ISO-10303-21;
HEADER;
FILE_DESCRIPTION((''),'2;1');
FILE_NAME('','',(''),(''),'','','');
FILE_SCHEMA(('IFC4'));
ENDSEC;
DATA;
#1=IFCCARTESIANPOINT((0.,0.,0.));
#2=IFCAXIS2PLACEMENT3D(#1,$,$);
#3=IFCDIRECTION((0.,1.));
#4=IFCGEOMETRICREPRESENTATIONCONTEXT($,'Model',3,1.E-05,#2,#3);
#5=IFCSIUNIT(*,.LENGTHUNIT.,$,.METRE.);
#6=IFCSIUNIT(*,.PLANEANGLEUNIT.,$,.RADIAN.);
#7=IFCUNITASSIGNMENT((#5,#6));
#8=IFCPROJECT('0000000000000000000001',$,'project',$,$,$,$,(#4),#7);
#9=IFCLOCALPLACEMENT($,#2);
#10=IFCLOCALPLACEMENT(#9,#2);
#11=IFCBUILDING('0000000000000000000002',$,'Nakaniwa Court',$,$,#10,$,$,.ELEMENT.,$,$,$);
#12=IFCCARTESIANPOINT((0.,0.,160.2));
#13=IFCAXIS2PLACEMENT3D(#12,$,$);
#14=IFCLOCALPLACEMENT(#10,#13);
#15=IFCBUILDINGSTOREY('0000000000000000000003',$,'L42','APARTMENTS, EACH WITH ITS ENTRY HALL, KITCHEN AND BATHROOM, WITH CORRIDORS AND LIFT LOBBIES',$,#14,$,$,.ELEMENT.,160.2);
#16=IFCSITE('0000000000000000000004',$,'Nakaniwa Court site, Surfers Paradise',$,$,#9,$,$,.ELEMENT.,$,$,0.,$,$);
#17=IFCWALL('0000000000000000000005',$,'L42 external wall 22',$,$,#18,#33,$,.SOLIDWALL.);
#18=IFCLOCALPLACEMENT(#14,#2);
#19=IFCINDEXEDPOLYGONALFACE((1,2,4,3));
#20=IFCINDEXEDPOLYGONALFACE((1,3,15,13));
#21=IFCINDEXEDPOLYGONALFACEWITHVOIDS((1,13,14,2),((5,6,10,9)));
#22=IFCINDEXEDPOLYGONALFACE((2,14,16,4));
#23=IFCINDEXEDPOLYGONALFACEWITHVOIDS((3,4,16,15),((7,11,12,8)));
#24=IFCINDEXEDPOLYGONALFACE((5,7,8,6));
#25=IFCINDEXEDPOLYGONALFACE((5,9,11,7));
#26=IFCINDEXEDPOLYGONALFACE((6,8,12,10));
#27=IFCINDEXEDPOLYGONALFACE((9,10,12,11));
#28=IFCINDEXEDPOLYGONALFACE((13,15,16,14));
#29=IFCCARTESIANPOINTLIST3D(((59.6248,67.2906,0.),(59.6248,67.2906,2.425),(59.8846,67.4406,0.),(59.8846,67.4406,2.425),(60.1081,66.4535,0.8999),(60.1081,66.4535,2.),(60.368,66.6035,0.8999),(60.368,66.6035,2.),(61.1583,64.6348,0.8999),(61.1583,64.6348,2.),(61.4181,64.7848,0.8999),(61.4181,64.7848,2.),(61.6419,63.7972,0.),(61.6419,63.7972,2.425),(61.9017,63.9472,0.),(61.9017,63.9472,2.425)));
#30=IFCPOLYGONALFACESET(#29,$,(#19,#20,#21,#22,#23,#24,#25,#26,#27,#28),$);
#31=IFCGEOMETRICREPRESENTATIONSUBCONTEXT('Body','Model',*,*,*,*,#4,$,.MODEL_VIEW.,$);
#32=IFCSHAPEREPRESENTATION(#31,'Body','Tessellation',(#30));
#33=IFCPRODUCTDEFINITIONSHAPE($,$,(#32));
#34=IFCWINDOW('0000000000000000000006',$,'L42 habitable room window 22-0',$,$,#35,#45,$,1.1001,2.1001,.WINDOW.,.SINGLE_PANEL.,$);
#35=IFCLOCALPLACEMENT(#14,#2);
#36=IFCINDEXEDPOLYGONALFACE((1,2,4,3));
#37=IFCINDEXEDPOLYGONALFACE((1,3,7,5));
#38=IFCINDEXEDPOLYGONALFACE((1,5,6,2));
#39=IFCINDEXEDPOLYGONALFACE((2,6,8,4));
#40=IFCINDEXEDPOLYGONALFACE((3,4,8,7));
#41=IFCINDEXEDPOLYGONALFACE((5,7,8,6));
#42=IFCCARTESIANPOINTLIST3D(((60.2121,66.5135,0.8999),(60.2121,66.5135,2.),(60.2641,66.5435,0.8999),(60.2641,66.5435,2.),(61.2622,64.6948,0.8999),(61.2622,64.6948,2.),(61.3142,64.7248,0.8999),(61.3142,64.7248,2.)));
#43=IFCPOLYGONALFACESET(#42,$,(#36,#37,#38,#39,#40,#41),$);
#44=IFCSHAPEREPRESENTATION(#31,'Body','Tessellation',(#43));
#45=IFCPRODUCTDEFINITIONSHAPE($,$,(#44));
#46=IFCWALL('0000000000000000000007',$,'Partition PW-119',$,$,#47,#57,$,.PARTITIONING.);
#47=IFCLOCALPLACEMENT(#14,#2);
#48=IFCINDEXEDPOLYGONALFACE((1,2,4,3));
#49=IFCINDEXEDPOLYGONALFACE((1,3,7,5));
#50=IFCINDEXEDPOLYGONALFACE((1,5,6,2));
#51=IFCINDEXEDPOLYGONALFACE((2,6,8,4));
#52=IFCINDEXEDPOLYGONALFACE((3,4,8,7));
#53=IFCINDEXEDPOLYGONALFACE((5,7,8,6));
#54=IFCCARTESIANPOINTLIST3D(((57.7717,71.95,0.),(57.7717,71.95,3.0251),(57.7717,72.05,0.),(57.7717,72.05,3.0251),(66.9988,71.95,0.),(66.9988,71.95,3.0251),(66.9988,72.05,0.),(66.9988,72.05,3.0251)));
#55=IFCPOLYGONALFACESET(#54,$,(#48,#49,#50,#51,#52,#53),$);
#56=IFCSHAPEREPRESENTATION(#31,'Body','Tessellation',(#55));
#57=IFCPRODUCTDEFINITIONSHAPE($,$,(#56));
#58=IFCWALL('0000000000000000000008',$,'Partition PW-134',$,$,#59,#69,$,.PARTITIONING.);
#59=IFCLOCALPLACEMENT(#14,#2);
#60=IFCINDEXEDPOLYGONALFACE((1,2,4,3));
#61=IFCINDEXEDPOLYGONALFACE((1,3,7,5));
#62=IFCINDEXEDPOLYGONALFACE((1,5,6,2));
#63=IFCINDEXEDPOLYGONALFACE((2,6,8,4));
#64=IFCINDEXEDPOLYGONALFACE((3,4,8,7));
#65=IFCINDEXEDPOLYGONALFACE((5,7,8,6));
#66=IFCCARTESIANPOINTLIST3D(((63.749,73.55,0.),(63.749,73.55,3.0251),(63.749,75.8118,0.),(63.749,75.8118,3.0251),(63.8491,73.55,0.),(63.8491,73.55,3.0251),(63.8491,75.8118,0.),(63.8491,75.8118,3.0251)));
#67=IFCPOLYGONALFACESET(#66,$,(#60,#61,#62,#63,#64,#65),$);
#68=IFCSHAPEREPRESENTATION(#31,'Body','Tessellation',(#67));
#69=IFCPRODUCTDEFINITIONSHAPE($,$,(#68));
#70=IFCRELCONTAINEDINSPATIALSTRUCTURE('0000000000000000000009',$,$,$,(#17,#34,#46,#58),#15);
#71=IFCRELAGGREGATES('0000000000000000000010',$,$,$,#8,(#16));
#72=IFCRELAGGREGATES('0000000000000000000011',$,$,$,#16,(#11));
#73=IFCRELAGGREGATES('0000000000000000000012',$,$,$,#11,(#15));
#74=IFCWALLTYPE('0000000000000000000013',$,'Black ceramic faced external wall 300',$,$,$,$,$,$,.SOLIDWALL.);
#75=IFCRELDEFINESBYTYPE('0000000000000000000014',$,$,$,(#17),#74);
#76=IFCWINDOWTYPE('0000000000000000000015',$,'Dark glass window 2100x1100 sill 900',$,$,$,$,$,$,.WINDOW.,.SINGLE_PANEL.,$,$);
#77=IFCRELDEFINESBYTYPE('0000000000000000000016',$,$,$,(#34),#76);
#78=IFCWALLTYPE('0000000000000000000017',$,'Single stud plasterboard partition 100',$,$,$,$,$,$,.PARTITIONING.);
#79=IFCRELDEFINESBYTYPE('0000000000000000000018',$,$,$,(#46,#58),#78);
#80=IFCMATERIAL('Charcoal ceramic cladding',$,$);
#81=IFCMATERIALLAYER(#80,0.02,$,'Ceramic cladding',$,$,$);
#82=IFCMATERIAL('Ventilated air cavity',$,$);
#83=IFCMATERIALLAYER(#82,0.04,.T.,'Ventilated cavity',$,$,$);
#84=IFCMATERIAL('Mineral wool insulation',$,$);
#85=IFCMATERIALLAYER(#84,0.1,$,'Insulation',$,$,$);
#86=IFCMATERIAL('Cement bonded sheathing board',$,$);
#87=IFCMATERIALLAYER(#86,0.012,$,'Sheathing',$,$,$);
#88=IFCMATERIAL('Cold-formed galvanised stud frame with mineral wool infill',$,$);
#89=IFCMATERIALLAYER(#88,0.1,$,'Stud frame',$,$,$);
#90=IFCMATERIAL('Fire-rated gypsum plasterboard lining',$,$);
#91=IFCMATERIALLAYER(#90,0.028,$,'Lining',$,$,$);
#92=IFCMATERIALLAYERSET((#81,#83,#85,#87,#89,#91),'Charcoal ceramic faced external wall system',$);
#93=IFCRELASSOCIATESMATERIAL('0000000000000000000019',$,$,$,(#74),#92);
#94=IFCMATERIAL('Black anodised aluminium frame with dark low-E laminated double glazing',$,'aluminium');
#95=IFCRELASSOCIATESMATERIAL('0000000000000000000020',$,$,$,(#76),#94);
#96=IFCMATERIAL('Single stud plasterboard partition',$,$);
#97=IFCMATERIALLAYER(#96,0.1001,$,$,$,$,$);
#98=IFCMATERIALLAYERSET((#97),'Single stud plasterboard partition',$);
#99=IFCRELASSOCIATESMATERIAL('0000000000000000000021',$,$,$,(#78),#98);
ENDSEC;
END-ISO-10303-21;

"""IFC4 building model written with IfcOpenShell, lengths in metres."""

from ifc_helpers import new_model, si_unit, direction, frame, frame_2d, origin, place, context, subcontext, project, spatial, rectangle, extrude, material, layer, layer_set, type_object, element, fill, save


model = new_model("IFC4")

# Units and contexts
model_context = context("Model", 3, precision=1e-05, world=origin(), true_north=direction((0.0, 1.0)))
body_context = subcontext(model_context, "Body", "Model", "MODEL_VIEW")
ifc_project = project(units=[si_unit("LENGTHUNIT", "METRE"), si_unit("PLANEANGLEUNIT", "RADIAN")], contexts=[model_context])

# Site, building, storey
site_placement = place(None, origin())
site = spatial("IfcSite", under=ifc_project, at=site_placement, Name="Nakaniwa Court site, Surfers Paradise", CompositionType="ELEMENT", RefElevation=0.0)
building_placement = place(site_placement, origin())
building = spatial("IfcBuilding", under=site, at=building_placement, Name="Nakaniwa Court", CompositionType="ELEMENT")
storey_placement = place(building_placement, frame((0.0, 0.0, 160.2)))
storey = spatial("IfcBuildingStorey", under=building, at=storey_placement, Name="L42", Description="APARTMENTS, EACH WITH ITS ENTRY HALL, KITCHEN AND BATHROOM, WITH CORRIDORS AND LIFT LOBBIES", CompositionType="ELEMENT", Elevation=160.2)

# Wall, opening, window
ifc_material_1 = material(Name="Charcoal ceramic cladding")
ifc_layer_1 = layer(ifc_material_1, 0.02, Name="Ceramic cladding")
ifc_material_2 = material(Name="Ventilated air cavity")
ifc_layer_2 = layer(ifc_material_2, 0.04, ventilated=True, Name="Ventilated cavity")
ifc_material_3 = material(Name="Mineral wool insulation")
ifc_layer_3 = layer(ifc_material_3, 0.1, Name="Insulation")
ifc_material_4 = material(Name="Cement bonded sheathing board")
ifc_layer_4 = layer(ifc_material_4, 0.012, Name="Sheathing")
ifc_material_5 = material(Name="Cold-formed galvanised stud frame with mineral wool infill")
ifc_layer_5 = layer(ifc_material_5, 0.1, Name="Stud frame")
ifc_material_6 = material(Name="Fire-rated gypsum plasterboard lining")
ifc_layer_6 = layer(ifc_material_6, 0.028, Name="Lining")
ifc_layer_set_1 = layer_set([ifc_layer_1, ifc_layer_2, ifc_layer_3, ifc_layer_4, ifc_layer_5, ifc_layer_6], Name="Charcoal ceramic faced external wall system")
wall_type_1 = type_object("IfcWallType", Name="Black ceramic faced external wall 300", PredefinedType="SOLIDWALL", material=ifc_layer_set_1)
ifc_material_7 = material(Name="Black anodised aluminium frame with dark low-E laminated double glazing", Category="aluminium")
window_type = type_object("IfcWindowType", Name="Dark glass window 2100x1100 sill 900", PartitioningType="SINGLE_PANEL", PredefinedType="WINDOW", material=ifc_material_7)
wall_1_placement = place(storey_placement, frame((59.7546, 67.3657, 0.0), z_axis=(0.0, 0.0, 1.0), x_axis=(0.500032, -0.866007, 0.0)))
wall_1 = element("IfcWall", 1, at=wall_1_placement, inside=storey, type_object=wall_type_1, Name="L42 external wall 22", PredefinedType="SOLIDWALL", context=body_context, shape_type="SweptSolid", body=[
    extrude(rectangle(XDim=4.0339, YDim=0.3, at=frame_2d((2.0171, 0.0))), origin(), (0.0, 0.0, 1.0), 2.425),
])
opening_1_placement = place(wall_1_placement, frame((0.9668, 0.0, 0.8999)))
opening_1 = element("IfcOpeningElement", 2, at=opening_1_placement, cuts=wall_1, PredefinedType="OPENING", context=body_context, shape_type="SweptSolid", body=[
    extrude(rectangle(XDim=2.1001, YDim=1.1001, at=frame_2d((1.05, 0.55))), frame((0.0, 0.1599, 0.0), z_axis=(0.0, -1.0, 0.0), x_axis=(1.0, 0.0, 0.0)), (0.0, 0.0, 1.0), 0.3201),
])
window_1_placement = place(opening_1_placement, origin())
window_1 = element("IfcWindow", 3, at=window_1_placement, inside=storey, type_object=window_type, Name="L42 habitable room window 22-0", OverallHeight=1.1001, OverallWidth=2.1001, PartitioningType="SINGLE_PANEL", PredefinedType="WINDOW", context=body_context, shape_type="SweptSolid", body=[
    extrude(rectangle(XDim=2.1001, YDim=1.1001, at=frame_2d((1.05, 0.55))), frame((0.0, 0.03, 0.0), z_axis=(0.0, -1.0, 0.0), x_axis=(1.0, 0.0, 0.0)), (0.0, 0.0, 1.0), 0.0601),
])
fill(opening_1, window_1)

# Walls
ifc_material_8 = material(Name="Single stud plasterboard partition")
ifc_layer_7 = layer(ifc_material_8, 0.1001)
ifc_layer_set_2 = layer_set([ifc_layer_7], Name="Single stud plasterboard partition")
wall_type_2 = type_object("IfcWallType", Name="Single stud plasterboard partition 100", PredefinedType="PARTITIONING", material=ifc_layer_set_2)
wall_2_placement = place(storey_placement, frame((57.7717, 72.0, 0.0), z_axis=(0.0, 0.0, 1.0), x_axis=(1.0, 0.0, 0.0)))
element("IfcWall", 4, at=wall_2_placement, inside=storey, type_object=wall_type_2, Name="Partition PW-119", PredefinedType="PARTITIONING", context=body_context, shape_type="SweptSolid", body=[
    extrude(rectangle(XDim=9.2271, YDim=0.1001, at=frame_2d((4.6135, 0.0))), origin(), (0.0, 0.0, 1.0), 3.0251),
])
wall_3_placement = place(storey_placement, frame((63.7991, 73.55, 0.0), z_axis=(0.0, 0.0, 1.0), x_axis=(0.0, 1.0, 0.0)))
element("IfcWall", 5, at=wall_3_placement, inside=storey, type_object=wall_type_2, Name="Partition PW-134", PredefinedType="PARTITIONING", context=body_context, shape_type="SweptSolid", body=[
    extrude(rectangle(XDim=2.2617, YDim=0.1001, at=frame_2d((1.1309, 0.0))), origin(), (0.0, 0.0, 1.0), 3.0251),
])

save(model, "model.ifc")
